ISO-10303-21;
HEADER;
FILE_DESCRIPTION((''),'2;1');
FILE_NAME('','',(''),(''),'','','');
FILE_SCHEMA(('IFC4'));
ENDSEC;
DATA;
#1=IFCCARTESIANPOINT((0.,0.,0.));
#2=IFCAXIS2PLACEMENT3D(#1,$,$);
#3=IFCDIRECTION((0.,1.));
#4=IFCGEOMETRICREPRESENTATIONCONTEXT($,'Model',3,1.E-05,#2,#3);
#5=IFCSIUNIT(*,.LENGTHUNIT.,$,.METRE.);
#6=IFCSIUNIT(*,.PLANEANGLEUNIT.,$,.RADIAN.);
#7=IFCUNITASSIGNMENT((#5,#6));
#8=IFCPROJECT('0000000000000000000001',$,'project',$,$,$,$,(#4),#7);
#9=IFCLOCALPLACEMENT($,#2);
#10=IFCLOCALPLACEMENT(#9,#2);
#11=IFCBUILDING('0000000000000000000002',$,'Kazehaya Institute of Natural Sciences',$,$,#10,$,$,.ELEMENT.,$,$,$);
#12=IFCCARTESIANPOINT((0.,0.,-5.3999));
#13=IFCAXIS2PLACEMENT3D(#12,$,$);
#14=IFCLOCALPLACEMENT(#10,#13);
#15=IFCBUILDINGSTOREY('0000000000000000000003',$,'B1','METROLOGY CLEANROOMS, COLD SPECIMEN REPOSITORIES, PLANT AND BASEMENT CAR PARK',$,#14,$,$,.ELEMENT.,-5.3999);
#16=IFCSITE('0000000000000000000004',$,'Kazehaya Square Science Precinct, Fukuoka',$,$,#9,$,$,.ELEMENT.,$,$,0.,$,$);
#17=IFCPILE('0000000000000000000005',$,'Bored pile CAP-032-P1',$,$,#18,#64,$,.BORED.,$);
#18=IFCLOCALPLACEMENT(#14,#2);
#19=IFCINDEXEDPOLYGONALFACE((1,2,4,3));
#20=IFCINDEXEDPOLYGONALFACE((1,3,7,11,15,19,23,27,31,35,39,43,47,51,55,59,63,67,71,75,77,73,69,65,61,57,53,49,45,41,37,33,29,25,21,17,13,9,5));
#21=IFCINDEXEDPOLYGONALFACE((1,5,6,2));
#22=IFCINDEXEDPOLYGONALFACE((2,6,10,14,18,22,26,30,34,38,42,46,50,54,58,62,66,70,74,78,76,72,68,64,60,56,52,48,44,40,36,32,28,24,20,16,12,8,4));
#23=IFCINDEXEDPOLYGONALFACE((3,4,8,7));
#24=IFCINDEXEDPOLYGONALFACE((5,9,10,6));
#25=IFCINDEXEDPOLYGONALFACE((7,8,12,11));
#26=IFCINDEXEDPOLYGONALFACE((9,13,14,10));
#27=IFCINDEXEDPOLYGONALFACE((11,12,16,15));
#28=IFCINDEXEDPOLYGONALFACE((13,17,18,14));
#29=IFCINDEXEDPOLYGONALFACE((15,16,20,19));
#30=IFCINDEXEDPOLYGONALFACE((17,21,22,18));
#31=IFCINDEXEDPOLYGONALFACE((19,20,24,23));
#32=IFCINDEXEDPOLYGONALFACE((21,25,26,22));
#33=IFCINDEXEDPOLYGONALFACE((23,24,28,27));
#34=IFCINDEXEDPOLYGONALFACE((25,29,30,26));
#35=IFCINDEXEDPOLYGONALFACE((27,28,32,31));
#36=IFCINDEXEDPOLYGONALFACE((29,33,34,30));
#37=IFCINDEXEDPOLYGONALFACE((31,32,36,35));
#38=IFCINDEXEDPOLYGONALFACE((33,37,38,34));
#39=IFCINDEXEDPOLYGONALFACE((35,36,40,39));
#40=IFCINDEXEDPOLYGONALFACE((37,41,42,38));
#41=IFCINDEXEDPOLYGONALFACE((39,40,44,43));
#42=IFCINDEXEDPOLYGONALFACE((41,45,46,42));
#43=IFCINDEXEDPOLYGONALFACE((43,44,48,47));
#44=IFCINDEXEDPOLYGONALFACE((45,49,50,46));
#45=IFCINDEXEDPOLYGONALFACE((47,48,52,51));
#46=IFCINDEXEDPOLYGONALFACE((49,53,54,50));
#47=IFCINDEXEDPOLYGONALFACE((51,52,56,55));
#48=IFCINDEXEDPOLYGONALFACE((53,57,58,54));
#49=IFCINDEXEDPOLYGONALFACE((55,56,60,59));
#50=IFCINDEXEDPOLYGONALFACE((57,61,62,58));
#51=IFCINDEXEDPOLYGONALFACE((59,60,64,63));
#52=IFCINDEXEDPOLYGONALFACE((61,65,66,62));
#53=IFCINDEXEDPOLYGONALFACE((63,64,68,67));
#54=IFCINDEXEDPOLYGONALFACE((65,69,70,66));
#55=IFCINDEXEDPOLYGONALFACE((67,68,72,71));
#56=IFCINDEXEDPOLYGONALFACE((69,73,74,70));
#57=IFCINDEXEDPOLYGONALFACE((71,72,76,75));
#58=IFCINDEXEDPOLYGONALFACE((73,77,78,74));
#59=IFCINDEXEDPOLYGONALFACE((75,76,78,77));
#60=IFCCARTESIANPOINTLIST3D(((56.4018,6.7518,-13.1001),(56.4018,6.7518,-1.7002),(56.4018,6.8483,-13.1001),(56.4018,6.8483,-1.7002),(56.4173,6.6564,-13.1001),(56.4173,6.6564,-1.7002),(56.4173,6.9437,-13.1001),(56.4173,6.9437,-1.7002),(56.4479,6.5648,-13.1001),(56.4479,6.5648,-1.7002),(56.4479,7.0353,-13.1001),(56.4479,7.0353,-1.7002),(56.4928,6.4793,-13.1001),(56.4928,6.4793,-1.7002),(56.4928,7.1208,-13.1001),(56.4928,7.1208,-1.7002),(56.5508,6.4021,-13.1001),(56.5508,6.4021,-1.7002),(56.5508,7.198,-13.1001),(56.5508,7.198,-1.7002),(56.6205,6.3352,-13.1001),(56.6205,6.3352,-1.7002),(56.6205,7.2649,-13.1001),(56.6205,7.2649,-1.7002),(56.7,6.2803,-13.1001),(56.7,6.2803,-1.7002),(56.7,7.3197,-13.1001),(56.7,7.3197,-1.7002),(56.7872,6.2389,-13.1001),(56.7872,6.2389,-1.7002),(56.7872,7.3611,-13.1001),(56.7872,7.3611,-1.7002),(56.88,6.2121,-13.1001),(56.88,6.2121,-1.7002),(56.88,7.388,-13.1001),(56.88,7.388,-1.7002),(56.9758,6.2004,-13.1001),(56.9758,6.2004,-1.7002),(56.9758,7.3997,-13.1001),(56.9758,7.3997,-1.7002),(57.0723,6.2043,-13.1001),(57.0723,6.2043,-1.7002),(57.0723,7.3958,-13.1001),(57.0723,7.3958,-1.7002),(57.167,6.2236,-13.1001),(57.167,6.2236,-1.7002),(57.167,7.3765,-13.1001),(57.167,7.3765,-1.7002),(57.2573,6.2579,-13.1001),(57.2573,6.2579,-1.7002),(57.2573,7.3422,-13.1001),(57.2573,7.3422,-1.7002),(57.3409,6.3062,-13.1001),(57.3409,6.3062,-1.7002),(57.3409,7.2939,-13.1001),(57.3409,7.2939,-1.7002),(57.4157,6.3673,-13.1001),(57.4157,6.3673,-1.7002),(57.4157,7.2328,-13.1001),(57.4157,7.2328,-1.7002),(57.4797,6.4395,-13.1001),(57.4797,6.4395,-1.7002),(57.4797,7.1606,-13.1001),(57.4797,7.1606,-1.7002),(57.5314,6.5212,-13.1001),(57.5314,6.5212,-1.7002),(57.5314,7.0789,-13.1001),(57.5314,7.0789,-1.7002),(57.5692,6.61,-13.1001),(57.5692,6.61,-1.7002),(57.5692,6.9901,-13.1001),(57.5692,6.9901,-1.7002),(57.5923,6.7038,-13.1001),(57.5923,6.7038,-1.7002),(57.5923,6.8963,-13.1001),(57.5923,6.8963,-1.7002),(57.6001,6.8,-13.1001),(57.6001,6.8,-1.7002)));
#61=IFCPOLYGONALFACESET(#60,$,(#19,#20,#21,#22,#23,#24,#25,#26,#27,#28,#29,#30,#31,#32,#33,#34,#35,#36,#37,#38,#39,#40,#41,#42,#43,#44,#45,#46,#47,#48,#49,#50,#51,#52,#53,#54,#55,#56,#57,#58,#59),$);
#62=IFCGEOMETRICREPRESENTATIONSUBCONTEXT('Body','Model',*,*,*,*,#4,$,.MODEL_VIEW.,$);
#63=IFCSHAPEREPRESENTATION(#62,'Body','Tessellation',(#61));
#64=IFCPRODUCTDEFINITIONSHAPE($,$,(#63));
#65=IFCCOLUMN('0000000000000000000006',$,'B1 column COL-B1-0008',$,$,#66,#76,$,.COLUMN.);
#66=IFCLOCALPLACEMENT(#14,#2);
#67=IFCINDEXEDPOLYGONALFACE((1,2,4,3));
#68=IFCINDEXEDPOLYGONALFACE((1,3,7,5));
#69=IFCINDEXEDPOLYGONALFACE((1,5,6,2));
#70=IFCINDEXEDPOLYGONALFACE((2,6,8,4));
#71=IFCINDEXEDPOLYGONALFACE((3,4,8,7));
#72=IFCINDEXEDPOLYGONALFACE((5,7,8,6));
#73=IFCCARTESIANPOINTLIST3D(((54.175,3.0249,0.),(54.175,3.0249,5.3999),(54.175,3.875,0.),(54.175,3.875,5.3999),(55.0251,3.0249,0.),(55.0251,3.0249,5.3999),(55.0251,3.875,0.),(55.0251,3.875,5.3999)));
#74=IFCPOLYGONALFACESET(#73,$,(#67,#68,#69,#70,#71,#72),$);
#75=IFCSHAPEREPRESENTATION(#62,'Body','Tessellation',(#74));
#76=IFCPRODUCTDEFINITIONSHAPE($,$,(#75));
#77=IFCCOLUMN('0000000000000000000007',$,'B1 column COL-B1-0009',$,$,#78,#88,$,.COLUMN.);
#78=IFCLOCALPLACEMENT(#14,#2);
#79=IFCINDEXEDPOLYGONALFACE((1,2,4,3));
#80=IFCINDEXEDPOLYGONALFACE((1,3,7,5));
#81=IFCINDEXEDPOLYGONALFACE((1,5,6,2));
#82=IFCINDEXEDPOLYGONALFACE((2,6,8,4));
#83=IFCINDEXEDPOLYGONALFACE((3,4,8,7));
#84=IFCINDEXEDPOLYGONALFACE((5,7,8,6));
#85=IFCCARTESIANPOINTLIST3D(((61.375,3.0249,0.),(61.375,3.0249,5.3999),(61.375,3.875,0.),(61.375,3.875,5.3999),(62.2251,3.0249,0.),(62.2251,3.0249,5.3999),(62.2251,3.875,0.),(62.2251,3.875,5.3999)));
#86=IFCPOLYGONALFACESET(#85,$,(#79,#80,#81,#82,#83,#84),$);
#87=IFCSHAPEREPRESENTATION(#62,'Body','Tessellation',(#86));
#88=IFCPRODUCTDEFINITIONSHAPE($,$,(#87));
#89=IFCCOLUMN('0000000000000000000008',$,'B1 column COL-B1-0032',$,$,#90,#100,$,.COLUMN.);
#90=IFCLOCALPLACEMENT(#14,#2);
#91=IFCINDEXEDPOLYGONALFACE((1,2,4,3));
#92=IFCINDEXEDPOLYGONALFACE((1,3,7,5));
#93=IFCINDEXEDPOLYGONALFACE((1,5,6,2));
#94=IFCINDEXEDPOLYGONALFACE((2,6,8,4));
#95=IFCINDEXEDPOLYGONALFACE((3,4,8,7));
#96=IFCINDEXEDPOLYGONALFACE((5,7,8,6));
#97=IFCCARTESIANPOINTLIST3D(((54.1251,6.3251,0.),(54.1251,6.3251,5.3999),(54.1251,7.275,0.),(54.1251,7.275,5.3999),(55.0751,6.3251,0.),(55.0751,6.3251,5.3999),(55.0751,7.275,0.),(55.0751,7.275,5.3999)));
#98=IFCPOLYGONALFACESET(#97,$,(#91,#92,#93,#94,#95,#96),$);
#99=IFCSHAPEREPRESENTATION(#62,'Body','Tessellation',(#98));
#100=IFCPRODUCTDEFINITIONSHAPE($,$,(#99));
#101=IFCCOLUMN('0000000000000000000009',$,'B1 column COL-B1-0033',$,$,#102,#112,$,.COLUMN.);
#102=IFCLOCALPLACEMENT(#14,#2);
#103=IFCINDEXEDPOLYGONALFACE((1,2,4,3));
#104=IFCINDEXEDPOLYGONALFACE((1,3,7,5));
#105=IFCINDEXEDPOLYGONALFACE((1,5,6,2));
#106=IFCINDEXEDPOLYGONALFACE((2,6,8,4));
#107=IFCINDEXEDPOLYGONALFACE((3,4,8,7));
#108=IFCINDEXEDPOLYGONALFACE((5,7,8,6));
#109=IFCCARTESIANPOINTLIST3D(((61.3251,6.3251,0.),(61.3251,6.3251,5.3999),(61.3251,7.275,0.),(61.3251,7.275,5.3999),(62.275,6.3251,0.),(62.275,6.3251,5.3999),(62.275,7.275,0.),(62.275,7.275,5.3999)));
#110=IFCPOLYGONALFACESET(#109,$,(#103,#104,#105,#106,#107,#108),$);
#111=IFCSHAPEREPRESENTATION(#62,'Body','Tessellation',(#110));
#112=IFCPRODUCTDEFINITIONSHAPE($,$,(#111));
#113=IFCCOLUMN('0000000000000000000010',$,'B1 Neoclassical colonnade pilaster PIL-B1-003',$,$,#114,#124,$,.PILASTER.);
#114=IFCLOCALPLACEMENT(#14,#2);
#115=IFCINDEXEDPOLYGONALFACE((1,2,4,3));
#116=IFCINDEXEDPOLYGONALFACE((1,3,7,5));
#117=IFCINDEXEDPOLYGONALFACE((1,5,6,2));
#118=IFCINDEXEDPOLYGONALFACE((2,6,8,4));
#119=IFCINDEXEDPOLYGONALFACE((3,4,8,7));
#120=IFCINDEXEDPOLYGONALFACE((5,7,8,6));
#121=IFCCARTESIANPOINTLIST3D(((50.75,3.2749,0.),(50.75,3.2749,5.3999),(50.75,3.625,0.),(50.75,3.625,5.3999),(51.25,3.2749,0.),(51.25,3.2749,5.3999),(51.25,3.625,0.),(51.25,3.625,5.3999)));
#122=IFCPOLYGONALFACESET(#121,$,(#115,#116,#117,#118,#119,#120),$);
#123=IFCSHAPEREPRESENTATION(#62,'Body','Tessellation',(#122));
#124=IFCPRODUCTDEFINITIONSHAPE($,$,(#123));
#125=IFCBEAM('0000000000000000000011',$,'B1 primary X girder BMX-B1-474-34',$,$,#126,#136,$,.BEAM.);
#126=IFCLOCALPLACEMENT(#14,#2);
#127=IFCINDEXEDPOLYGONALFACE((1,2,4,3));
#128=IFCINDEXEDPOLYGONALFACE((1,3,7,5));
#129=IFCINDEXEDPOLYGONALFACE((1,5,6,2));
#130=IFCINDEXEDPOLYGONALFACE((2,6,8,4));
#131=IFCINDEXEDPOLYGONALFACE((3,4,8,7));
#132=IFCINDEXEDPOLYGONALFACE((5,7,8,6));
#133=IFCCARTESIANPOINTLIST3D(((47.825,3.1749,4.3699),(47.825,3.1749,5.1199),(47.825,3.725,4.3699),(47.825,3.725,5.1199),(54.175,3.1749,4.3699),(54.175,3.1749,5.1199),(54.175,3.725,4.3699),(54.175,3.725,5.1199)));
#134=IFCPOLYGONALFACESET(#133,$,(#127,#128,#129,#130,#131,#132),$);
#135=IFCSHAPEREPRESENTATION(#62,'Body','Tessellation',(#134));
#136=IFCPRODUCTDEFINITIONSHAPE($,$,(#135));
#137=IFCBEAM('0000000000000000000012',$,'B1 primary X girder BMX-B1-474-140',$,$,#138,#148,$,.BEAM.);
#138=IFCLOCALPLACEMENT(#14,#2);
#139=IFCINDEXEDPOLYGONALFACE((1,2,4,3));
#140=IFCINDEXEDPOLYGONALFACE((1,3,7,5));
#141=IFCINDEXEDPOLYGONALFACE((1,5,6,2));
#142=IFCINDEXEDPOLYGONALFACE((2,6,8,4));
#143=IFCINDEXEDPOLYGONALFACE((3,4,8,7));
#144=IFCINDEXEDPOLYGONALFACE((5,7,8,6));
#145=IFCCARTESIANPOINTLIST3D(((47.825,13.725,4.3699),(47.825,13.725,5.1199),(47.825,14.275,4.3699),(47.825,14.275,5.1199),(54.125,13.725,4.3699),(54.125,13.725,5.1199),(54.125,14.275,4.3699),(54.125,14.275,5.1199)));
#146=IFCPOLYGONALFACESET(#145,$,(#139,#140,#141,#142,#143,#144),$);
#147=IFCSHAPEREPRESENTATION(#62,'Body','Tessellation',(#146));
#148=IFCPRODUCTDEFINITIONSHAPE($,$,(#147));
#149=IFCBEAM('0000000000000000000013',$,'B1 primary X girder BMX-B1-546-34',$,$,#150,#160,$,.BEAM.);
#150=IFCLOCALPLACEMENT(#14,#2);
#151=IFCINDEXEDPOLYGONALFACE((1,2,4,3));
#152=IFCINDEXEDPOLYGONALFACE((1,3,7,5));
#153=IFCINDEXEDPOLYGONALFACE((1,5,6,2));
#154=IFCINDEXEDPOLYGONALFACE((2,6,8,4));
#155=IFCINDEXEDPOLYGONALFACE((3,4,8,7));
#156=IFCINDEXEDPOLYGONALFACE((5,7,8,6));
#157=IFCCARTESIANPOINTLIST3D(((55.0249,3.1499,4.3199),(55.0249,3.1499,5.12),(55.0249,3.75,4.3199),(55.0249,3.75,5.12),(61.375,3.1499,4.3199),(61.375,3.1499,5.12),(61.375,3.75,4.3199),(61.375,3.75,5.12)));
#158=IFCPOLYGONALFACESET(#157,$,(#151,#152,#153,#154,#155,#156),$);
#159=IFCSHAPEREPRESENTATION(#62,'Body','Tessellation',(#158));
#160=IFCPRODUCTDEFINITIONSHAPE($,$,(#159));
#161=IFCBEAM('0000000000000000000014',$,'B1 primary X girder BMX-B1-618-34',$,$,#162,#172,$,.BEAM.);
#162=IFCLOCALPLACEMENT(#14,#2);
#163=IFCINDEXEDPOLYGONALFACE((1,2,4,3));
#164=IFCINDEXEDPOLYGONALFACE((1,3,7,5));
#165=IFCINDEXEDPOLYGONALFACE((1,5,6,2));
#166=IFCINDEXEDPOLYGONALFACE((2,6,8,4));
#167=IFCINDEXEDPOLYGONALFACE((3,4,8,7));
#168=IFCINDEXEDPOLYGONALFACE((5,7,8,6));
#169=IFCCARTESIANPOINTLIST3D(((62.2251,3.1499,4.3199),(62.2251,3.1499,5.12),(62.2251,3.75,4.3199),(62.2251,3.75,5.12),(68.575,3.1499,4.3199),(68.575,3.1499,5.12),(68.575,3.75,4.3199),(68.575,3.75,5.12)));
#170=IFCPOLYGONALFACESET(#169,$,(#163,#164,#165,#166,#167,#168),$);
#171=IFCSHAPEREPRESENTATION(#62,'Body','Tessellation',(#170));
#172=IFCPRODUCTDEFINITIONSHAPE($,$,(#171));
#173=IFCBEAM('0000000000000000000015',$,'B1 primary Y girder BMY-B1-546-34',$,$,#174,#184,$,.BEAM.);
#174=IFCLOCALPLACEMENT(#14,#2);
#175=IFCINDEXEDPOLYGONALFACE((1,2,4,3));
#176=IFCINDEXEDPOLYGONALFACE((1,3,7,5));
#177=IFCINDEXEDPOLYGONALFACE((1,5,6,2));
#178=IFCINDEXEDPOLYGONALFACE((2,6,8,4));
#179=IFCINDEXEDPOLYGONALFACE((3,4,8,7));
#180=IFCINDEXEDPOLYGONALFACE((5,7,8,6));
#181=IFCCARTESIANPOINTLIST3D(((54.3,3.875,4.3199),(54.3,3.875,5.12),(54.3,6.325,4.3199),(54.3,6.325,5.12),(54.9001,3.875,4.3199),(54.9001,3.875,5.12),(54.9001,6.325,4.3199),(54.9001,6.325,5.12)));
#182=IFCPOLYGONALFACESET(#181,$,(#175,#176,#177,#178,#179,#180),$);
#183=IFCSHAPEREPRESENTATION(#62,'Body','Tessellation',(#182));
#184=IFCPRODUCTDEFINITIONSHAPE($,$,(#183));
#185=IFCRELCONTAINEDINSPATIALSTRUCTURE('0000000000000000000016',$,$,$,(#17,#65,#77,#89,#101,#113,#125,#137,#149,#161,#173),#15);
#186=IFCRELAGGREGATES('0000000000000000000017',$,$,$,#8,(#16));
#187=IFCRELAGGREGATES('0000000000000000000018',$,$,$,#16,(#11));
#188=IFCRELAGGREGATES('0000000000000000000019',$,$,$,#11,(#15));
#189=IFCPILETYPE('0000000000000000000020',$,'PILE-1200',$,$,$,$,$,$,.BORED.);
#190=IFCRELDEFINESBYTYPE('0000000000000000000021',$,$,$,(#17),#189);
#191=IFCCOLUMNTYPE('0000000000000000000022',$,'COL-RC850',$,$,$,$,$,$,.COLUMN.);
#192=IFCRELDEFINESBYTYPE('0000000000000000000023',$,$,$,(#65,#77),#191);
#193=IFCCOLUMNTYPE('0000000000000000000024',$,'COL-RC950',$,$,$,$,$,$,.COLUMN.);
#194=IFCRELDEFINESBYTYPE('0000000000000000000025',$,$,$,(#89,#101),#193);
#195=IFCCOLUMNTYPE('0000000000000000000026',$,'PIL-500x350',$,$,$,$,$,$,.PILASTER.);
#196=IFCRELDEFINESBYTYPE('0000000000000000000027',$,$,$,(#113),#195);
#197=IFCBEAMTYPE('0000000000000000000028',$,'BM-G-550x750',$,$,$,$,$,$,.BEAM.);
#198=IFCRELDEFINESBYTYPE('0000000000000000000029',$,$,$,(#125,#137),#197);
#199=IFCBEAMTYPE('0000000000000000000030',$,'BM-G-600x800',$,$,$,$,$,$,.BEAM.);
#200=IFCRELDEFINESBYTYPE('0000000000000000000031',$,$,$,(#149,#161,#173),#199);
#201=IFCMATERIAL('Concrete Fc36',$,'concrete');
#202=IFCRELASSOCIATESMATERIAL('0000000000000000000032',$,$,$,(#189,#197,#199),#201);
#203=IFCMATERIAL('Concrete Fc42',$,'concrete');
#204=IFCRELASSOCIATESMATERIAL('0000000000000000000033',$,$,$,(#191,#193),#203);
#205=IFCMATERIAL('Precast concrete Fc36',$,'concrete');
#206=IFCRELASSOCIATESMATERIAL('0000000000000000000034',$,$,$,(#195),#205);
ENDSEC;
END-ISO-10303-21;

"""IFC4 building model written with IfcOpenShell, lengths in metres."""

from ifc_helpers import new_model, si_unit, direction, frame, origin, origin_2d, place, context, subcontext, project, spatial, rectangle, circle, extrude, material, material_profile, profile_set, type_object, element, save


model = new_model("IFC4")

# Units and contexts
model_context = context("Model", 3, precision=1e-05, world=origin(), true_north=direction((0.0, 1.0)))
body_context = subcontext(model_context, "Body", "Model", "MODEL_VIEW")
ifc_project = project(units=[si_unit("LENGTHUNIT", "METRE"), si_unit("PLANEANGLEUNIT", "RADIAN")], contexts=[model_context])

# Site, building, storey
site_placement = place(None, origin())
site = spatial("IfcSite", under=ifc_project, at=site_placement, Name="Kazehaya Square Science Precinct, Fukuoka", CompositionType="ELEMENT", RefElevation=0.0)
building_placement = place(site_placement, origin())
building = spatial("IfcBuilding", under=site, at=building_placement, Name="Kazehaya Institute of Natural Sciences", CompositionType="ELEMENT")
storey_placement = place(building_placement, frame((0.0, 0.0, -5.3999)))
storey = spatial("IfcBuildingStorey", under=building, at=storey_placement, Name="B1", Description="METROLOGY CLEANROOMS, COLD SPECIMEN REPOSITORIES, PLANT AND BASEMENT CAR PARK", CompositionType="ELEMENT", Elevation=-5.3999)

# Shared definitions
ifc_material_1 = material(Name="Concrete Fc36", Category="concrete")

# Pile
ifc_material_profile_1 = material_profile(ifc_material_1, circle(Radius=0.6001, at=origin_2d()), Name="PILE-1200")
ifc_profile_set_1 = profile_set([ifc_material_profile_1], Name="Concrete Fc36")
pile_type = type_object("IfcPileType", Name="PILE-1200", PredefinedType="BORED", material=ifc_profile_set_1)
for number, where, z_axis, x_axis, name in (
    (1, (57.0, 6.8, -1.7002), (0.0, 0.0, -1.0), (1.0, 0.0, 0.0), "Bored pile CAP-032-P1"),
):
    element("IfcPile", number, at=place(storey_placement, frame(where, z_axis=z_axis, x_axis=x_axis)), inside=storey, type_object=pile_type, Name=name, PredefinedType="BORED", context=body_context, shape_type="SweptSolid", body=[
        extrude(circle(Radius=0.6001, at=origin_2d()), origin(), (0.0, 0.0, 1.0), 11.3999),
    ])

# Columns
ifc_material_2 = material(Name="Concrete Fc42", Category="concrete")
ifc_material_profile_2 = material_profile(ifc_material_2, rectangle(XDim=0.8501, YDim=0.8501, at=origin_2d()), Name="RC-850x850")
ifc_profile_set_2 = profile_set([ifc_material_profile_2], Name="Concrete Fc42")
column_type_1 = type_object("IfcColumnType", Name="COL-RC850", PredefinedType="COLUMN", material=ifc_profile_set_2)
for number, where, z_axis, x_axis, name in (
    (2, (54.6001, 3.45, 0.0), (0.0, 0.0, 1.0), (1.0, 0.0, 0.0), "B1 column COL-B1-0008"),
    (3, (61.8, 3.45, 0.0), (0.0, 0.0, 1.0), (1.0, 0.0, 0.0), "B1 column COL-B1-0009"),
):
    element("IfcColumn", number, at=place(storey_placement, frame(where, z_axis=z_axis, x_axis=x_axis)), inside=storey, type_object=column_type_1, Name=name, PredefinedType="COLUMN", context=body_context, shape_type="SweptSolid", body=[
        extrude(rectangle(XDim=0.8501, YDim=0.8501, at=origin_2d()), origin(), (0.0, 0.0, 1.0), 5.3999),
    ])
ifc_material_profile_3 = material_profile(ifc_material_2, rectangle(XDim=0.95, YDim=0.95, at=origin_2d()), Name="RC-950x950")
ifc_profile_set_3 = profile_set([ifc_material_profile_3], Name="Concrete Fc42")
column_type_2 = type_object("IfcColumnType", Name="COL-RC950", PredefinedType="COLUMN", material=ifc_profile_set_3)
for number, where, z_axis, x_axis, name in (
    (4, (54.6001, 6.8, 0.0), (0.0, 0.0, 1.0), (1.0, 0.0, 0.0), "B1 column COL-B1-0032"),
    (5, (61.8, 6.8, 0.0), (0.0, 0.0, 1.0), (1.0, 0.0, 0.0), "B1 column COL-B1-0033"),
):
    element("IfcColumn", number, at=place(storey_placement, frame(where, z_axis=z_axis, x_axis=x_axis)), inside=storey, type_object=column_type_2, Name=name, PredefinedType="COLUMN", context=body_context, shape_type="SweptSolid", body=[
        extrude(rectangle(XDim=0.95, YDim=0.95, at=origin_2d()), origin(), (0.0, 0.0, 1.0), 5.3999),
    ])
ifc_material_3 = material(Name="Precast concrete Fc36", Category="concrete")
ifc_material_profile_4 = material_profile(ifc_material_3, rectangle(XDim=0.5, YDim=0.3501, at=origin_2d()), Name="RC-PIL-500x350")
ifc_profile_set_4 = profile_set([ifc_material_profile_4], Name="Precast concrete Fc36")
column_type_3 = type_object("IfcColumnType", Name="PIL-500x350", PredefinedType="PILASTER", material=ifc_profile_set_4)
column_placement = place(storey_placement, frame((51.0, 3.45, 0.0), z_axis=(0.0, 0.0, 1.0), x_axis=(1.0, 0.0, 0.0)))
element("IfcColumn", 6, at=column_placement, inside=storey, type_object=column_type_3, Name="B1 Neoclassical colonnade pilaster PIL-B1-003", PredefinedType="PILASTER", context=body_context, shape_type="SweptSolid", body=[
    extrude(rectangle(XDim=0.5, YDim=0.3501, at=origin_2d()), origin(), (0.0, 0.0, 1.0), 5.3999),
])

# Beams
ifc_material_profile_5 = material_profile(ifc_material_1, rectangle(XDim=0.55, YDim=0.75, at=origin_2d()), Name="RC-550x750")
ifc_profile_set_5 = profile_set([ifc_material_profile_5], Name="Concrete Fc36")
beam_type_1 = type_object("IfcBeamType", Name="BM-G-550x750", PredefinedType="BEAM", material=ifc_profile_set_5)
beam_1_placement = place(storey_placement, frame((47.825, 3.45, 4.7449), z_axis=(1.0, 0.0, 0.0), x_axis=(0.0, 1.0, 0.0)))
element("IfcBeam", 7, at=beam_1_placement, inside=storey, type_object=beam_type_1, Name="B1 primary X girder BMX-B1-474-34", PredefinedType="BEAM", context=body_context, shape_type="SweptSolid", body=[
    extrude(rectangle(XDim=0.55, YDim=0.75, at=origin_2d()), origin(), (0.0, 0.0, 1.0), 6.3501),
])
beam_2_placement = place(storey_placement, frame((47.825, 14.0, 4.7449), z_axis=(1.0, 0.0, 0.0), x_axis=(0.0, 1.0, 0.0)))
element("IfcBeam", 8, at=beam_2_placement, inside=storey, type_object=beam_type_1, Name="B1 primary X girder BMX-B1-474-140", PredefinedType="BEAM", context=body_context, shape_type="SweptSolid", body=[
    extrude(rectangle(XDim=0.55, YDim=0.75, at=origin_2d()), origin(), (0.0, 0.0, 1.0), 6.3),
])
ifc_material_profile_6 = material_profile(ifc_material_1, rectangle(XDim=0.6001, YDim=0.8, at=origin_2d()), Name="RC-600x800")
ifc_profile_set_6 = profile_set([ifc_material_profile_6], Name="Concrete Fc36")
beam_type_2 = type_object("IfcBeamType", Name="BM-G-600x800", PredefinedType="BEAM", material=ifc_profile_set_6)
beam_3_placement = place(storey_placement, frame((55.0249, 3.45, 4.72), z_axis=(1.0, 0.0, 0.0), x_axis=(0.0, 1.0, 0.0)))
element("IfcBeam", 9, at=beam_3_placement, inside=storey, type_object=beam_type_2, Name="B1 primary X girder BMX-B1-546-34", PredefinedType="BEAM", context=body_context, shape_type="SweptSolid", body=[
    extrude(rectangle(XDim=0.6001, YDim=0.8, at=origin_2d()), origin(), (0.0, 0.0, 1.0), 6.3501),
])
beam_4_placement = place(storey_placement, frame((62.2251, 3.45, 4.72), z_axis=(1.0, 0.0, 0.0), x_axis=(0.0, 1.0, 0.0)))
element("IfcBeam", 10, at=beam_4_placement, inside=storey, type_object=beam_type_2, Name="B1 primary X girder BMX-B1-618-34", PredefinedType="BEAM", context=body_context, shape_type="SweptSolid", body=[
    extrude(rectangle(XDim=0.6001, YDim=0.8, at=origin_2d()), origin(), (0.0, 0.0, 1.0), 6.3499),
])
beam_5_placement = place(storey_placement, frame((54.6001, 3.875, 4.72), z_axis=(0.0, 1.0, 0.0), x_axis=(-1.0, 0.0, 0.0)))
element("IfcBeam", 11, at=beam_5_placement, inside=storey, type_object=beam_type_2, Name="B1 primary Y girder BMY-B1-546-34", PredefinedType="BEAM", context=body_context, shape_type="SweptSolid", body=[
    extrude(rectangle(XDim=0.6001, YDim=0.8, at=origin_2d()), origin(), (0.0, 0.0, 1.0), 2.45),
])

save(model, "model.ifc")
